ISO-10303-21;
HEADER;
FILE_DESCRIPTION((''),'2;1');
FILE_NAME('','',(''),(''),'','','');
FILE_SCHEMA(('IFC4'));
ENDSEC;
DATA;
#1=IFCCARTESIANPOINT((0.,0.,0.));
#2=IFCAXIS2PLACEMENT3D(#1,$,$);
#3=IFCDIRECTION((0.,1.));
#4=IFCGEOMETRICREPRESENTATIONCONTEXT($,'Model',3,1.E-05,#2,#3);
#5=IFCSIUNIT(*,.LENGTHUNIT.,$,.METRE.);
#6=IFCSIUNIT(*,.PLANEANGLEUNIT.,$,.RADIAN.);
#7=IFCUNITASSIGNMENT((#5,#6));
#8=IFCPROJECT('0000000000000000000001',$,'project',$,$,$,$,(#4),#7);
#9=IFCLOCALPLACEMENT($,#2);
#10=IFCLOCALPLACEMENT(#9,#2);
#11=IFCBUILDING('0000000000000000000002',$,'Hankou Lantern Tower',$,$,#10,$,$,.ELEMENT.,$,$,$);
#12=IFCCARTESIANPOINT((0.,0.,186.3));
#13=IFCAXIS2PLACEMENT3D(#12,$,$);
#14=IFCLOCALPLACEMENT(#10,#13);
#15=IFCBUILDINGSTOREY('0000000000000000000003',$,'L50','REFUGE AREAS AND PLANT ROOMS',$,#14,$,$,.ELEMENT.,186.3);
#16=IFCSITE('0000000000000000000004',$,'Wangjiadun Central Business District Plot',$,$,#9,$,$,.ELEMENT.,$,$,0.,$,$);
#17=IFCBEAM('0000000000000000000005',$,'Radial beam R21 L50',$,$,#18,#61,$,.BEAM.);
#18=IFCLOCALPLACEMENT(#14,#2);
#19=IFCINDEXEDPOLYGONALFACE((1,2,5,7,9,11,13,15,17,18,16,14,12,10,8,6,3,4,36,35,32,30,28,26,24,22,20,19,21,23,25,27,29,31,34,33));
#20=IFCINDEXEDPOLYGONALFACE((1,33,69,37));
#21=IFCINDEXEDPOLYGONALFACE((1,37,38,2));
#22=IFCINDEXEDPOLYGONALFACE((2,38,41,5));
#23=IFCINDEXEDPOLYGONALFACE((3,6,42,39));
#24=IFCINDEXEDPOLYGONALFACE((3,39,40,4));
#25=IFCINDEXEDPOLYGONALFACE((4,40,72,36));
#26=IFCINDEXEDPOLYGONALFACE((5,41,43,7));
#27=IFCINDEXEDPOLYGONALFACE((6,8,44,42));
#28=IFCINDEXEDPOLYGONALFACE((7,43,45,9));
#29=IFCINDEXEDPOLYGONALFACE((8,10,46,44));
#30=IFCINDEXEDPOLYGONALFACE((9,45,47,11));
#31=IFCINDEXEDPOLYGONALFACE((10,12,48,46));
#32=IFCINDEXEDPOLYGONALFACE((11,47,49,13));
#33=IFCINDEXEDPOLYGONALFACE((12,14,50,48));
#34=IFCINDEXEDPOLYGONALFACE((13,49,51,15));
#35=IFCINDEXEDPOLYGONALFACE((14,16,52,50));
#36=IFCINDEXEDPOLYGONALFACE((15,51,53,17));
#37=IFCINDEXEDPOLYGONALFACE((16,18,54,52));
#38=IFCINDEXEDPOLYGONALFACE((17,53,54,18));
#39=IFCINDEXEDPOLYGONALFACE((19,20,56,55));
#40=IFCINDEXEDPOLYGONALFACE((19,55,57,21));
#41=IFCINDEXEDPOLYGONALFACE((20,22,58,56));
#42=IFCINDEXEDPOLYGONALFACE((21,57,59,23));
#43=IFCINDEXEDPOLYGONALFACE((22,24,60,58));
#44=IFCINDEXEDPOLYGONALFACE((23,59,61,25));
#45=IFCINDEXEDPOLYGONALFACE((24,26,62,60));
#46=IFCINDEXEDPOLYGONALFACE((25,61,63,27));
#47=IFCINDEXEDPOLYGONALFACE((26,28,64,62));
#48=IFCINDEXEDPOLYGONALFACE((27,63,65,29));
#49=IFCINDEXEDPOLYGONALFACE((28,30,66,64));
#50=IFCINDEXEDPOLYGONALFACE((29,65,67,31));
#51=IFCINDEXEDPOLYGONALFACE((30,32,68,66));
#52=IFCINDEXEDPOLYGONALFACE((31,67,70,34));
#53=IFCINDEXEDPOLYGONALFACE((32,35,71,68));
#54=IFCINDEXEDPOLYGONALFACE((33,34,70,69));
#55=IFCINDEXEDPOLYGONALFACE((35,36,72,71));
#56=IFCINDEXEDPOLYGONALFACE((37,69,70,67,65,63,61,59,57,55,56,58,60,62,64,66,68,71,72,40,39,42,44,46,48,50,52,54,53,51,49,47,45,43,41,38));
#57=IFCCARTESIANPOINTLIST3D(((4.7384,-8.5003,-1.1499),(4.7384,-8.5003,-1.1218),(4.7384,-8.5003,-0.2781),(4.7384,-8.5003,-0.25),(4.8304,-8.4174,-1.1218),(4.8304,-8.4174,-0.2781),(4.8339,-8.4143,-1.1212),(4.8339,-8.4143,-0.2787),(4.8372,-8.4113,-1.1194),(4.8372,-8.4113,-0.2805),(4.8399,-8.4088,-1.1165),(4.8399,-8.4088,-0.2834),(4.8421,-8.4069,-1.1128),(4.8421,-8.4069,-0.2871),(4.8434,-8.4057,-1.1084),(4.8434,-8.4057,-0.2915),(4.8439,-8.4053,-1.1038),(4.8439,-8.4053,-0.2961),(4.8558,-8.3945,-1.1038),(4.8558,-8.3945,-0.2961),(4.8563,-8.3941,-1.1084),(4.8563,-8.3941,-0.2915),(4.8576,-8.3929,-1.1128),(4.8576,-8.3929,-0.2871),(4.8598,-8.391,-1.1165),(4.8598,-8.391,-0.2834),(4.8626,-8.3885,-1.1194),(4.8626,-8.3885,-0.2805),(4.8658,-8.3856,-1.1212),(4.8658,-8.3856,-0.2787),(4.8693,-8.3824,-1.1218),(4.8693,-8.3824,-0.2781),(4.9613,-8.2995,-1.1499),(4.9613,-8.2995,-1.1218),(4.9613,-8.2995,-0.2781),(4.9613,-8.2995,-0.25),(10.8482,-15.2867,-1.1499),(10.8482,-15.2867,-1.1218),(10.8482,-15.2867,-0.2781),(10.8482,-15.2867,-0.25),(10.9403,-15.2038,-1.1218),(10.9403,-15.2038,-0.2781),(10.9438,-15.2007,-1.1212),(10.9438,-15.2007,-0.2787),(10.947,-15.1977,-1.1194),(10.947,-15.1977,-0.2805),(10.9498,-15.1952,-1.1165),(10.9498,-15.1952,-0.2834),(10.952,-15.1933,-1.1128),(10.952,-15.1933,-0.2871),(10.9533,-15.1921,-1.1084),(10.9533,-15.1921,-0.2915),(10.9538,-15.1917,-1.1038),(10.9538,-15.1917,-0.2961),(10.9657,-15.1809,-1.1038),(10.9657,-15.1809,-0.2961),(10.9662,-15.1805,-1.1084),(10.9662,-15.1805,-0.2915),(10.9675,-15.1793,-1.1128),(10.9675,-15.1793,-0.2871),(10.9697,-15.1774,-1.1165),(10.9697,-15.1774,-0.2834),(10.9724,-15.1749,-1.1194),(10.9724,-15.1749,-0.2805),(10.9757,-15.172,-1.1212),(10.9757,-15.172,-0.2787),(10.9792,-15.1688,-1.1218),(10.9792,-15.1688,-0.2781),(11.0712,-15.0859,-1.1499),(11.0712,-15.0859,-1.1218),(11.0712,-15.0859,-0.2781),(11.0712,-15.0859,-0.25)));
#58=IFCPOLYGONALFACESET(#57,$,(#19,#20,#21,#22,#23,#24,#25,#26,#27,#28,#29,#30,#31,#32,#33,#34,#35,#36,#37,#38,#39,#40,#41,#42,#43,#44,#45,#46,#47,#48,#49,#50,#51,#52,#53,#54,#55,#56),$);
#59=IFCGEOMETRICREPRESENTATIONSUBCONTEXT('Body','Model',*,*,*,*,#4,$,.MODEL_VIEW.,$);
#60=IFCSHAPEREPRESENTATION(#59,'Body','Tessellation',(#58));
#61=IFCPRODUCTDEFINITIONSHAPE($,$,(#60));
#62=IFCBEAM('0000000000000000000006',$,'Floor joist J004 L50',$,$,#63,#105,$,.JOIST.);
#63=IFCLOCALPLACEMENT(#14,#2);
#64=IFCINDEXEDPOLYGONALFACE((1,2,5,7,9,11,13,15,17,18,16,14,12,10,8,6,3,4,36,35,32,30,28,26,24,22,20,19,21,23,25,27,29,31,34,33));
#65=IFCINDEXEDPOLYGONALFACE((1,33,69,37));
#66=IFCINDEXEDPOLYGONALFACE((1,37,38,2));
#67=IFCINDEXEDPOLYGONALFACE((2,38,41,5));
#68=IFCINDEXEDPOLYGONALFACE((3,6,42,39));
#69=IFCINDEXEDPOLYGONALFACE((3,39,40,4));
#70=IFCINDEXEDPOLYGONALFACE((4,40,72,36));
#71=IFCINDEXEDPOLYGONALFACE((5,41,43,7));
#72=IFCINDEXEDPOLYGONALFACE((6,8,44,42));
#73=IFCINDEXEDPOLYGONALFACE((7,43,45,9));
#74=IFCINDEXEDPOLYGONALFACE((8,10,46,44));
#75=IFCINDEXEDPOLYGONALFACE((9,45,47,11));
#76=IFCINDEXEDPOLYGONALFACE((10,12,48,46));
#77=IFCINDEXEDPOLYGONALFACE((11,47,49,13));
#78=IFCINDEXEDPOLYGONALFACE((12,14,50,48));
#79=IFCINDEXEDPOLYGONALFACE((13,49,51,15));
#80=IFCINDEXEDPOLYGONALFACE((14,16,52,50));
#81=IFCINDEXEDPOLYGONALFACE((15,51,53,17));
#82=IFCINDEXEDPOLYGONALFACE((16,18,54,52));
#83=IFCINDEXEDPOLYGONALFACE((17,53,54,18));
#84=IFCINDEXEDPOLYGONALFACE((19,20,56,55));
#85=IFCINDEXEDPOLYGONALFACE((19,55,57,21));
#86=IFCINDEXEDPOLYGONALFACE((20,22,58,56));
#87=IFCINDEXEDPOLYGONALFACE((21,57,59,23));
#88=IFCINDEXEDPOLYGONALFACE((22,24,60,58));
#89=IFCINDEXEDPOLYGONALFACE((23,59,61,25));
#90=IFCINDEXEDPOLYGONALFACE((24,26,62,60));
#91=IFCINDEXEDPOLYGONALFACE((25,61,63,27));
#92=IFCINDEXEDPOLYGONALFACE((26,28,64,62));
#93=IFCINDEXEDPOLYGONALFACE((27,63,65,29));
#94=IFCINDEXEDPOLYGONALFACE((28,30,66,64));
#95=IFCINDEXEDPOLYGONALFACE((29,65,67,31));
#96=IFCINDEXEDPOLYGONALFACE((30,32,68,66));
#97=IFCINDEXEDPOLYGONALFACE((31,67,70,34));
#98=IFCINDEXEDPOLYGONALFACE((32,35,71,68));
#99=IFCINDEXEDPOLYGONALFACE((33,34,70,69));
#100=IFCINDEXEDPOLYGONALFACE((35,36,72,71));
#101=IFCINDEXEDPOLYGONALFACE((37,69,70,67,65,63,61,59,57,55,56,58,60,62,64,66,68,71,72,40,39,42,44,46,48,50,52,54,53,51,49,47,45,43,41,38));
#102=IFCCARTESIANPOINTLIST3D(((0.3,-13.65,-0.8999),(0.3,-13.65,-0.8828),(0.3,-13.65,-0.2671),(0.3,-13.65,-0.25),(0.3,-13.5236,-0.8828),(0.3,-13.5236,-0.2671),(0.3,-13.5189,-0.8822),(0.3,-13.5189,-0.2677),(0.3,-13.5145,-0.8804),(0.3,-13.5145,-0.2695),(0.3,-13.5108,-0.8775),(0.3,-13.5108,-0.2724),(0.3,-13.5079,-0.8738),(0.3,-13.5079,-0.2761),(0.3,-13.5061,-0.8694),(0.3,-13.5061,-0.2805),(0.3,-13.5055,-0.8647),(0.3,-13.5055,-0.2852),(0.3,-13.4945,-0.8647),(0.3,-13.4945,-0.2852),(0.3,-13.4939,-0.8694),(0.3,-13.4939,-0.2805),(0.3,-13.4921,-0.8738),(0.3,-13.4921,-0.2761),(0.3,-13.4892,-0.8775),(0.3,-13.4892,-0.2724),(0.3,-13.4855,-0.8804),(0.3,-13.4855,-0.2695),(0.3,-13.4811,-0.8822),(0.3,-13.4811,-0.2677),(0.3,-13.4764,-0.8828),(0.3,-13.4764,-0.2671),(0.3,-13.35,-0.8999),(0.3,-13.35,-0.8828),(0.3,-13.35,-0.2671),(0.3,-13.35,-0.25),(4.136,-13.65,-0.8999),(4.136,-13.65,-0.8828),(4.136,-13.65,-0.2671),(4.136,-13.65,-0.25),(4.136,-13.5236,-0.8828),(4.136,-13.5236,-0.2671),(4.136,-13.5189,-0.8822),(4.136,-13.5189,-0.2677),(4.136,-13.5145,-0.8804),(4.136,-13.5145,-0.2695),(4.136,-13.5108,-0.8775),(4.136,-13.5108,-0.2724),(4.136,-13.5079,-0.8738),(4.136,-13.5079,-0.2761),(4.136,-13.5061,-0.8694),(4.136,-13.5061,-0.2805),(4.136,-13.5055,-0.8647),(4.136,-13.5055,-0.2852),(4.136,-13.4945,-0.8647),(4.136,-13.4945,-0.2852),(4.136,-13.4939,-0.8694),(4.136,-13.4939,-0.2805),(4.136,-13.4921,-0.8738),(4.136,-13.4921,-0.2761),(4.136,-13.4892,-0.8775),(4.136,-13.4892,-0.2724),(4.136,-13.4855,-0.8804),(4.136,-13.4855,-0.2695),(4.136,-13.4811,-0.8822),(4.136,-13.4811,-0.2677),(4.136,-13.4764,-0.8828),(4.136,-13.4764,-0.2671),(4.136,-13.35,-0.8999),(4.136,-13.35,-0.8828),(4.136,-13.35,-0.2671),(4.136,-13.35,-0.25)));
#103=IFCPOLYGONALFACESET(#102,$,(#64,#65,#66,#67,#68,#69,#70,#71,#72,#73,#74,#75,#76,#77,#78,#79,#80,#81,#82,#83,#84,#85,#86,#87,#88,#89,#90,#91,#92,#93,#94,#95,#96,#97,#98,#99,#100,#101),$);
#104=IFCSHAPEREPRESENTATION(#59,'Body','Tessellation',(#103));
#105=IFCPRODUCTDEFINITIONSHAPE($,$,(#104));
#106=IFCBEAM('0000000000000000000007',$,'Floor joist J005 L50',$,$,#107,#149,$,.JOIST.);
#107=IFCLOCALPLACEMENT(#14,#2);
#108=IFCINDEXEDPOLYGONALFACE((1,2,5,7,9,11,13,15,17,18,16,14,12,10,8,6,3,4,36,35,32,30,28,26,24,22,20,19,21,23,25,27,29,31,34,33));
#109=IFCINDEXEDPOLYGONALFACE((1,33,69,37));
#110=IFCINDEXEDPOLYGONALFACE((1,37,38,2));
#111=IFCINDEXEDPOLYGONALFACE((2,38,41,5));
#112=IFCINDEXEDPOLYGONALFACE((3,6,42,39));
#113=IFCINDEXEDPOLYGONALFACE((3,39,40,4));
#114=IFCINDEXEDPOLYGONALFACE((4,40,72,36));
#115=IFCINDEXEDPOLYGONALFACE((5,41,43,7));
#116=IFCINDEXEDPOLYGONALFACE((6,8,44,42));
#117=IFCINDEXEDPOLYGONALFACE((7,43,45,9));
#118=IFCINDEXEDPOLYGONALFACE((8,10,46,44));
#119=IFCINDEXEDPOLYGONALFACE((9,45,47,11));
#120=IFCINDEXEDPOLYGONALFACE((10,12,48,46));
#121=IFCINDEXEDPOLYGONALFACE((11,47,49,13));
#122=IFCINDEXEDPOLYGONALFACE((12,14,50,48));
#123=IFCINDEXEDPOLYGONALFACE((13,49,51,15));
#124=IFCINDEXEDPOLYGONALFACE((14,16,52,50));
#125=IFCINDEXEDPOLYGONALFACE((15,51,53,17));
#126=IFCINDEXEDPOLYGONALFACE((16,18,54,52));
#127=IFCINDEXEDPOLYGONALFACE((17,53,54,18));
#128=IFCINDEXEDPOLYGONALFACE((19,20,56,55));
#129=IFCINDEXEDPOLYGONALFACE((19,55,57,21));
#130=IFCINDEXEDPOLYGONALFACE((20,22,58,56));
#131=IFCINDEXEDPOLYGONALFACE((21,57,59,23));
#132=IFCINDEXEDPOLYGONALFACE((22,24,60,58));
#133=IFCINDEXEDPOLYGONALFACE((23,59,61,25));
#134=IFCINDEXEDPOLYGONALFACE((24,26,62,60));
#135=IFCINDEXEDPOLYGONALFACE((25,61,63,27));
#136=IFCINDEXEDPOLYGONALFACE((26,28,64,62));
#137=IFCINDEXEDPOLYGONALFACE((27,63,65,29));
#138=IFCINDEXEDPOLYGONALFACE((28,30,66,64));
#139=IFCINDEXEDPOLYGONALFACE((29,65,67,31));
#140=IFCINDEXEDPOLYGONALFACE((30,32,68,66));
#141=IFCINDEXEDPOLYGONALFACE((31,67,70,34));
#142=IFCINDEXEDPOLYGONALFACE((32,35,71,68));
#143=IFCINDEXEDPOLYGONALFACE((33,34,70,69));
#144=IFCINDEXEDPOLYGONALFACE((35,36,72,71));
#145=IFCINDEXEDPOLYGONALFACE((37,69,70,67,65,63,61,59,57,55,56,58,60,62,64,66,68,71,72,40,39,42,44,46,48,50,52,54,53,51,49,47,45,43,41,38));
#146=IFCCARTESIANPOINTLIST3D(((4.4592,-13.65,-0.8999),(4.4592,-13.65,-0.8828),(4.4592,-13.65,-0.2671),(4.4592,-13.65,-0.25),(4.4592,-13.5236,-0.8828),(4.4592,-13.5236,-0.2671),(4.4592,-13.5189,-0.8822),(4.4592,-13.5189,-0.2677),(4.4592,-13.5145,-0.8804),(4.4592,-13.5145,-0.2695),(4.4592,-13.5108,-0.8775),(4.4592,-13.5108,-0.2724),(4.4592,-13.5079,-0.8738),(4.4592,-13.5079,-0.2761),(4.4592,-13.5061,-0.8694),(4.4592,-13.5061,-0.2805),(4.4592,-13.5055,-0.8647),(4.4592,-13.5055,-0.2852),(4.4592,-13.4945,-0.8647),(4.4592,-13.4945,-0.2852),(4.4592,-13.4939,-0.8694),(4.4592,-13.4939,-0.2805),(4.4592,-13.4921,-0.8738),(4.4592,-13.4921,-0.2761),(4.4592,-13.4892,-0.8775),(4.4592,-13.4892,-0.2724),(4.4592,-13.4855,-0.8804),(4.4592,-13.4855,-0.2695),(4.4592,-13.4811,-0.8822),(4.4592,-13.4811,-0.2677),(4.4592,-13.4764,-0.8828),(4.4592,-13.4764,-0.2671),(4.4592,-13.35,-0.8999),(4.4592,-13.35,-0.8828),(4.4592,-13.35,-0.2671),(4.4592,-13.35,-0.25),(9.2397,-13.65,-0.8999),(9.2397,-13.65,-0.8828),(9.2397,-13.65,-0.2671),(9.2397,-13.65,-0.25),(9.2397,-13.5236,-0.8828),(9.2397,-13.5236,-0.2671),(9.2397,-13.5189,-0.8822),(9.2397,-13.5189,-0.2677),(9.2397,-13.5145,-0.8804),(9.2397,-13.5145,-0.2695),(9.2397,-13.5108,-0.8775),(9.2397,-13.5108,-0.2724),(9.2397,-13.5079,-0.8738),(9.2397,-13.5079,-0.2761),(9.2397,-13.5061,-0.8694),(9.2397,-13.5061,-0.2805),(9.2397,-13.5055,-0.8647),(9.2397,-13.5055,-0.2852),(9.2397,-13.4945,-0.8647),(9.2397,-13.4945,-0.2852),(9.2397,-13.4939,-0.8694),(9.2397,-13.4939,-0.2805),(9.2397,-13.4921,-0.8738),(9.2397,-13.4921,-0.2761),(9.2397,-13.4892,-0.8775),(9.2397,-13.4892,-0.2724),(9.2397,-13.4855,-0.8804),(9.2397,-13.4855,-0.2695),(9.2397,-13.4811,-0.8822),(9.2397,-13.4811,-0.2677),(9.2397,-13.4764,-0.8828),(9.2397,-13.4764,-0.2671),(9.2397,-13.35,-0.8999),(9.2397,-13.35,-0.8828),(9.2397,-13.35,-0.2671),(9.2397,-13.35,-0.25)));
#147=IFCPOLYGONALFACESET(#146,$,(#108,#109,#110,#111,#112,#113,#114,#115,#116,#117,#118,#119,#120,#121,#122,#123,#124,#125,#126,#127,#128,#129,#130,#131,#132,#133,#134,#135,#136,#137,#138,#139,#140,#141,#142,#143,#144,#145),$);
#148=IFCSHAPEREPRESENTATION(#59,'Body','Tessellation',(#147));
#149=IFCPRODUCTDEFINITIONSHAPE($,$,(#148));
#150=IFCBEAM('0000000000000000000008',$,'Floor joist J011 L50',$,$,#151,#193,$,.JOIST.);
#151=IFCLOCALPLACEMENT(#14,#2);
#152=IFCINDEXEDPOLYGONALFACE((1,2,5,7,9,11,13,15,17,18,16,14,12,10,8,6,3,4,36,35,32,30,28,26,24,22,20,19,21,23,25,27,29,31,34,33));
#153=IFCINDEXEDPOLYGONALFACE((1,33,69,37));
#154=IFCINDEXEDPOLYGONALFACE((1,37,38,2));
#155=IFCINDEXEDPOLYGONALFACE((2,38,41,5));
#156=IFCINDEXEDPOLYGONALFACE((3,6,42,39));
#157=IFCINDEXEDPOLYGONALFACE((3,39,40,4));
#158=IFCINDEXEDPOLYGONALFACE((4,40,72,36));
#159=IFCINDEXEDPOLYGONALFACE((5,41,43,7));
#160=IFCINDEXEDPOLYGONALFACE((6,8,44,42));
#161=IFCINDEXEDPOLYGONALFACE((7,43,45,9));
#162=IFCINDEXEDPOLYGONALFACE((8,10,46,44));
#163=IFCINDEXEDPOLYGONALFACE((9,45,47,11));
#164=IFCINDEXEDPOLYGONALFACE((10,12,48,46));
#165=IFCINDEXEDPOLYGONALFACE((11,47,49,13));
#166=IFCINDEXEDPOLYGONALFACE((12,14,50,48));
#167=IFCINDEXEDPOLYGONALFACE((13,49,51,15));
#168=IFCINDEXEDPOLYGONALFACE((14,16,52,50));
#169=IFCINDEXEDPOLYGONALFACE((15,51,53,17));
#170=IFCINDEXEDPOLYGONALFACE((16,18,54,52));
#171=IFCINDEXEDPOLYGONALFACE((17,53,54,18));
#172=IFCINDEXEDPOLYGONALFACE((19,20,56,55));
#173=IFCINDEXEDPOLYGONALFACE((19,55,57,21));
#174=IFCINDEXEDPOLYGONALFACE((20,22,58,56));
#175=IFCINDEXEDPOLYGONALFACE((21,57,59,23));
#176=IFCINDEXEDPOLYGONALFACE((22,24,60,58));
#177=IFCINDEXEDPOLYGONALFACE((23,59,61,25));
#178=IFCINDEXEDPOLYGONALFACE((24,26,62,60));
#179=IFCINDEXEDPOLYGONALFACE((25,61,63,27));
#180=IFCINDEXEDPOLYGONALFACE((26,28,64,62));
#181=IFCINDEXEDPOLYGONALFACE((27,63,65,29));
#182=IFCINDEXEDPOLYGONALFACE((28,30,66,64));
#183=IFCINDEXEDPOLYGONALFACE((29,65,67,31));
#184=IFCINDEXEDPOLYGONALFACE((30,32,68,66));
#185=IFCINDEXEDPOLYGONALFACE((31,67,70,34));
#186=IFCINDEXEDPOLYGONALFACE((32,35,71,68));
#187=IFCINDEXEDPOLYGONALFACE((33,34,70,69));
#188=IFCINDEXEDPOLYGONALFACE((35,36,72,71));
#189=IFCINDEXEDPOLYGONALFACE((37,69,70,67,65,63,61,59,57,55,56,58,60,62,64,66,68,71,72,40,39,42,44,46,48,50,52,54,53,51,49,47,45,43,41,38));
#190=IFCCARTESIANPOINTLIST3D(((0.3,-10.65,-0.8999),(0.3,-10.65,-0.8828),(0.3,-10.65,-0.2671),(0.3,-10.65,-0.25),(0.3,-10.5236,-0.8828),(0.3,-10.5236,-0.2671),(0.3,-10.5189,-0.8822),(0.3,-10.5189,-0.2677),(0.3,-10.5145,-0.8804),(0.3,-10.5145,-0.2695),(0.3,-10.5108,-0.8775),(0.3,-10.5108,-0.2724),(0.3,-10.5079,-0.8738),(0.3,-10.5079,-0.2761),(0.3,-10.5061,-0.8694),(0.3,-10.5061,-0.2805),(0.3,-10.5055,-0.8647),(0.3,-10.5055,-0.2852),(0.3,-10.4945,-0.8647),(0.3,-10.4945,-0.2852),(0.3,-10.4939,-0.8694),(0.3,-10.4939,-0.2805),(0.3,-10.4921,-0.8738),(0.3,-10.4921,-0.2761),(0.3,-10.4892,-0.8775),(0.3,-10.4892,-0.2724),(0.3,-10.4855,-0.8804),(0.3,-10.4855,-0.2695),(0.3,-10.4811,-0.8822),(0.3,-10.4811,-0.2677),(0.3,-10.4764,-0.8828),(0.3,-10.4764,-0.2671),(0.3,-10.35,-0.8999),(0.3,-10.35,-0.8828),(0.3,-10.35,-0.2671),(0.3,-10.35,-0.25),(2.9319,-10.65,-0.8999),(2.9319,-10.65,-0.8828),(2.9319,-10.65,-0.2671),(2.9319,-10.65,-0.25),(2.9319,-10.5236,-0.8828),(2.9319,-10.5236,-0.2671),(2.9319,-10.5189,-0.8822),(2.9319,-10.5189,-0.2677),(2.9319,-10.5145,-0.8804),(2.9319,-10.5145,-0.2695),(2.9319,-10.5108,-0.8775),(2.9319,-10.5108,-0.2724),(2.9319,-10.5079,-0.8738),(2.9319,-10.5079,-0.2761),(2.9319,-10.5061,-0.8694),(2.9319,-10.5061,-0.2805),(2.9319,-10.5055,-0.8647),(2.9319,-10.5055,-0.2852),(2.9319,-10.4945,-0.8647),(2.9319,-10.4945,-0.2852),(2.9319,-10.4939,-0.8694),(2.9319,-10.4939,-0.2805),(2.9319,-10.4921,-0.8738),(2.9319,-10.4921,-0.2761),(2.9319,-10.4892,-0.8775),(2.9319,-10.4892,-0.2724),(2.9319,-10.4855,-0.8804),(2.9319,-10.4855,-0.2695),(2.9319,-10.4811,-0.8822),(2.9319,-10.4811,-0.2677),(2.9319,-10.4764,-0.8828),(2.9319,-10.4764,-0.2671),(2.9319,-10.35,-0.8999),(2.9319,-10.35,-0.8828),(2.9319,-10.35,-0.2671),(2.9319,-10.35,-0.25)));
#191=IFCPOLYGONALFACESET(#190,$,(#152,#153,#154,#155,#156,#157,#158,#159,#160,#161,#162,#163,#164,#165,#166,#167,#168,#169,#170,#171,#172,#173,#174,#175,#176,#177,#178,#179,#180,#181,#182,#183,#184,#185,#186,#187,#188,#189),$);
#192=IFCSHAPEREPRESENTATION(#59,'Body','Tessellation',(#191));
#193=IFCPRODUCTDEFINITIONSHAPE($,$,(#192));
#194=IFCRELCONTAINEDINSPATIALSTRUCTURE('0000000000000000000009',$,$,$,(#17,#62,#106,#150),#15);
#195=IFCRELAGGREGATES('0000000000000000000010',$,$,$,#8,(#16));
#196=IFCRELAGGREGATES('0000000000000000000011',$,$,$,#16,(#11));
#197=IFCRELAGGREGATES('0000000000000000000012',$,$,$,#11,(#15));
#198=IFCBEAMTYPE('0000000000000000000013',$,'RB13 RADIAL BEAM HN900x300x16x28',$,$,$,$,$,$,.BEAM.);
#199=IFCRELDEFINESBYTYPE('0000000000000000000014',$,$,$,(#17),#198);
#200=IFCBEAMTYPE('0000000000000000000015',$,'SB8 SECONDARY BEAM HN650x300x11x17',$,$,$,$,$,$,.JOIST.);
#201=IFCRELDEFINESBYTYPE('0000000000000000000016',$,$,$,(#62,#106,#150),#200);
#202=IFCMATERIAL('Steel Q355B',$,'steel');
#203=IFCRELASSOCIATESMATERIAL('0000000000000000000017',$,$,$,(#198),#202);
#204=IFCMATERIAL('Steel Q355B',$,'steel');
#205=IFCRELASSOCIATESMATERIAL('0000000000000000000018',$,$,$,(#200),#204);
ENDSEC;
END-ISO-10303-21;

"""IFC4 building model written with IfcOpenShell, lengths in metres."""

from ifc_helpers import new_model, si_unit, direction, frame, origin, origin_2d, place, context, subcontext, project, spatial, i_section, extrude, material, material_profile, profile_set, type_object, element, save


model = new_model("IFC4")

# Units and contexts
model_context = context("Model", 3, precision=1e-05, world=origin(), true_north=direction((0.0, 1.0)))
body_context = subcontext(model_context, "Body", "Model", "MODEL_VIEW")
ifc_project = project(units=[si_unit("LENGTHUNIT", "METRE"), si_unit("PLANEANGLEUNIT", "RADIAN")], contexts=[model_context])

# Site, building, storey
site_placement = place(None, origin())
site = spatial("IfcSite", under=ifc_project, at=site_placement, Name="Wangjiadun Central Business District Plot", CompositionType="ELEMENT", RefElevation=0.0)
building_placement = place(site_placement, origin())
building = spatial("IfcBuilding", under=site, at=building_placement, Name="Hankou Lantern Tower", CompositionType="ELEMENT")
storey_placement = place(building_placement, frame((0.0, 0.0, 186.3)))
storey = spatial("IfcBuildingStorey", under=building, at=storey_placement, Name="L50", Description="REFUGE AREAS AND PLANT ROOMS", CompositionType="ELEMENT", Elevation=186.3)

# Beams
ifc_material_1 = material(Name="Steel Q355B", Category="steel")
ifc_material_profile_1 = material_profile(ifc_material_1, i_section(OverallWidth=0.3, OverallDepth=0.8999, WebThickness=0.0161, FlangeThickness=0.0281, FilletRadius=0.0181, at=origin_2d()), Name="HN900x300x16x28")
ifc_profile_set_1 = profile_set([ifc_material_profile_1], Name="Steel Q355B")
beam_type_1 = type_object("IfcBeamType", Name="RB13 RADIAL BEAM HN900x300x16x28", PredefinedType="BEAM", material=ifc_profile_set_1)
beam_1_placement = place(storey_placement, frame((4.8499, -8.3999, -0.7), z_axis=(0.669093, -0.743178, 0.0), x_axis=(0.743178, 0.669093, 0.0)))
element("IfcBeam", 1, at=beam_1_placement, inside=storey, type_object=beam_type_1, Name="Radial beam R21 L50", PredefinedType="BEAM", context=body_context, shape_type="SweptSolid", body=[
    extrude(i_section(OverallWidth=0.3, OverallDepth=0.8999, WebThickness=0.0161, FlangeThickness=0.0281, FilletRadius=0.0181, at=origin_2d()), origin(), (0.0, 0.0, 1.0), 9.1316),
])
ifc_material_2 = material(Name="Steel Q355B", Category="steel")
ifc_material_profile_2 = material_profile(ifc_material_2, i_section(OverallWidth=0.3, OverallDepth=0.6499, WebThickness=0.011, FlangeThickness=0.0171, FilletRadius=0.0181, at=origin_2d()), Name="HN650x300x11x17")
ifc_profile_set_2 = profile_set([ifc_material_profile_2], Name="Steel Q355B")
beam_type_2 = type_object("IfcBeamType", Name="SB8 SECONDARY BEAM HN650x300x11x17", PredefinedType="JOIST", material=ifc_profile_set_2)
beam_2_placement = place(storey_placement, frame((0.3, -13.5, -0.575), z_axis=(1.0, 0.0, 0.0), x_axis=(0.0, 1.0, 0.0)))
element("IfcBeam", 2, at=beam_2_placement, inside=storey, type_object=beam_type_2, Name="Floor joist J004 L50", PredefinedType="JOIST", context=body_context, shape_type="SweptSolid", body=[
    extrude(i_section(OverallWidth=0.3, OverallDepth=0.6499, WebThickness=0.011, FlangeThickness=0.0171, FilletRadius=0.0181, at=origin_2d()), origin(), (0.0, 0.0, 1.0), 3.8359),
])
beam_3_placement = place(storey_placement, frame((4.4592, -13.5, -0.575), z_axis=(1.0, 0.0, 0.0), x_axis=(0.0, 1.0, 0.0)))
element("IfcBeam", 3, at=beam_3_placement, inside=storey, type_object=beam_type_2, Name="Floor joist J005 L50", PredefinedType="JOIST", context=body_context, shape_type="SweptSolid", body=[
    extrude(i_section(OverallWidth=0.3, OverallDepth=0.6499, WebThickness=0.011, FlangeThickness=0.0171, FilletRadius=0.0181, at=origin_2d()), origin(), (0.0, 0.0, 1.0), 4.7805),
])
beam_4_placement = place(storey_placement, frame((0.3, -10.5, -0.575), z_axis=(1.0, 0.0, 0.0), x_axis=(0.0, 1.0, 0.0)))
element("IfcBeam", 4, at=beam_4_placement, inside=storey, type_object=beam_type_2, Name="Floor joist J011 L50", PredefinedType="JOIST", context=body_context, shape_type="SweptSolid", body=[
    extrude(i_section(OverallWidth=0.3, OverallDepth=0.6499, WebThickness=0.011, FlangeThickness=0.0171, FilletRadius=0.0181, at=origin_2d()), origin(), (0.0, 0.0, 1.0), 2.6318),
])

save(model, "model.ifc")
